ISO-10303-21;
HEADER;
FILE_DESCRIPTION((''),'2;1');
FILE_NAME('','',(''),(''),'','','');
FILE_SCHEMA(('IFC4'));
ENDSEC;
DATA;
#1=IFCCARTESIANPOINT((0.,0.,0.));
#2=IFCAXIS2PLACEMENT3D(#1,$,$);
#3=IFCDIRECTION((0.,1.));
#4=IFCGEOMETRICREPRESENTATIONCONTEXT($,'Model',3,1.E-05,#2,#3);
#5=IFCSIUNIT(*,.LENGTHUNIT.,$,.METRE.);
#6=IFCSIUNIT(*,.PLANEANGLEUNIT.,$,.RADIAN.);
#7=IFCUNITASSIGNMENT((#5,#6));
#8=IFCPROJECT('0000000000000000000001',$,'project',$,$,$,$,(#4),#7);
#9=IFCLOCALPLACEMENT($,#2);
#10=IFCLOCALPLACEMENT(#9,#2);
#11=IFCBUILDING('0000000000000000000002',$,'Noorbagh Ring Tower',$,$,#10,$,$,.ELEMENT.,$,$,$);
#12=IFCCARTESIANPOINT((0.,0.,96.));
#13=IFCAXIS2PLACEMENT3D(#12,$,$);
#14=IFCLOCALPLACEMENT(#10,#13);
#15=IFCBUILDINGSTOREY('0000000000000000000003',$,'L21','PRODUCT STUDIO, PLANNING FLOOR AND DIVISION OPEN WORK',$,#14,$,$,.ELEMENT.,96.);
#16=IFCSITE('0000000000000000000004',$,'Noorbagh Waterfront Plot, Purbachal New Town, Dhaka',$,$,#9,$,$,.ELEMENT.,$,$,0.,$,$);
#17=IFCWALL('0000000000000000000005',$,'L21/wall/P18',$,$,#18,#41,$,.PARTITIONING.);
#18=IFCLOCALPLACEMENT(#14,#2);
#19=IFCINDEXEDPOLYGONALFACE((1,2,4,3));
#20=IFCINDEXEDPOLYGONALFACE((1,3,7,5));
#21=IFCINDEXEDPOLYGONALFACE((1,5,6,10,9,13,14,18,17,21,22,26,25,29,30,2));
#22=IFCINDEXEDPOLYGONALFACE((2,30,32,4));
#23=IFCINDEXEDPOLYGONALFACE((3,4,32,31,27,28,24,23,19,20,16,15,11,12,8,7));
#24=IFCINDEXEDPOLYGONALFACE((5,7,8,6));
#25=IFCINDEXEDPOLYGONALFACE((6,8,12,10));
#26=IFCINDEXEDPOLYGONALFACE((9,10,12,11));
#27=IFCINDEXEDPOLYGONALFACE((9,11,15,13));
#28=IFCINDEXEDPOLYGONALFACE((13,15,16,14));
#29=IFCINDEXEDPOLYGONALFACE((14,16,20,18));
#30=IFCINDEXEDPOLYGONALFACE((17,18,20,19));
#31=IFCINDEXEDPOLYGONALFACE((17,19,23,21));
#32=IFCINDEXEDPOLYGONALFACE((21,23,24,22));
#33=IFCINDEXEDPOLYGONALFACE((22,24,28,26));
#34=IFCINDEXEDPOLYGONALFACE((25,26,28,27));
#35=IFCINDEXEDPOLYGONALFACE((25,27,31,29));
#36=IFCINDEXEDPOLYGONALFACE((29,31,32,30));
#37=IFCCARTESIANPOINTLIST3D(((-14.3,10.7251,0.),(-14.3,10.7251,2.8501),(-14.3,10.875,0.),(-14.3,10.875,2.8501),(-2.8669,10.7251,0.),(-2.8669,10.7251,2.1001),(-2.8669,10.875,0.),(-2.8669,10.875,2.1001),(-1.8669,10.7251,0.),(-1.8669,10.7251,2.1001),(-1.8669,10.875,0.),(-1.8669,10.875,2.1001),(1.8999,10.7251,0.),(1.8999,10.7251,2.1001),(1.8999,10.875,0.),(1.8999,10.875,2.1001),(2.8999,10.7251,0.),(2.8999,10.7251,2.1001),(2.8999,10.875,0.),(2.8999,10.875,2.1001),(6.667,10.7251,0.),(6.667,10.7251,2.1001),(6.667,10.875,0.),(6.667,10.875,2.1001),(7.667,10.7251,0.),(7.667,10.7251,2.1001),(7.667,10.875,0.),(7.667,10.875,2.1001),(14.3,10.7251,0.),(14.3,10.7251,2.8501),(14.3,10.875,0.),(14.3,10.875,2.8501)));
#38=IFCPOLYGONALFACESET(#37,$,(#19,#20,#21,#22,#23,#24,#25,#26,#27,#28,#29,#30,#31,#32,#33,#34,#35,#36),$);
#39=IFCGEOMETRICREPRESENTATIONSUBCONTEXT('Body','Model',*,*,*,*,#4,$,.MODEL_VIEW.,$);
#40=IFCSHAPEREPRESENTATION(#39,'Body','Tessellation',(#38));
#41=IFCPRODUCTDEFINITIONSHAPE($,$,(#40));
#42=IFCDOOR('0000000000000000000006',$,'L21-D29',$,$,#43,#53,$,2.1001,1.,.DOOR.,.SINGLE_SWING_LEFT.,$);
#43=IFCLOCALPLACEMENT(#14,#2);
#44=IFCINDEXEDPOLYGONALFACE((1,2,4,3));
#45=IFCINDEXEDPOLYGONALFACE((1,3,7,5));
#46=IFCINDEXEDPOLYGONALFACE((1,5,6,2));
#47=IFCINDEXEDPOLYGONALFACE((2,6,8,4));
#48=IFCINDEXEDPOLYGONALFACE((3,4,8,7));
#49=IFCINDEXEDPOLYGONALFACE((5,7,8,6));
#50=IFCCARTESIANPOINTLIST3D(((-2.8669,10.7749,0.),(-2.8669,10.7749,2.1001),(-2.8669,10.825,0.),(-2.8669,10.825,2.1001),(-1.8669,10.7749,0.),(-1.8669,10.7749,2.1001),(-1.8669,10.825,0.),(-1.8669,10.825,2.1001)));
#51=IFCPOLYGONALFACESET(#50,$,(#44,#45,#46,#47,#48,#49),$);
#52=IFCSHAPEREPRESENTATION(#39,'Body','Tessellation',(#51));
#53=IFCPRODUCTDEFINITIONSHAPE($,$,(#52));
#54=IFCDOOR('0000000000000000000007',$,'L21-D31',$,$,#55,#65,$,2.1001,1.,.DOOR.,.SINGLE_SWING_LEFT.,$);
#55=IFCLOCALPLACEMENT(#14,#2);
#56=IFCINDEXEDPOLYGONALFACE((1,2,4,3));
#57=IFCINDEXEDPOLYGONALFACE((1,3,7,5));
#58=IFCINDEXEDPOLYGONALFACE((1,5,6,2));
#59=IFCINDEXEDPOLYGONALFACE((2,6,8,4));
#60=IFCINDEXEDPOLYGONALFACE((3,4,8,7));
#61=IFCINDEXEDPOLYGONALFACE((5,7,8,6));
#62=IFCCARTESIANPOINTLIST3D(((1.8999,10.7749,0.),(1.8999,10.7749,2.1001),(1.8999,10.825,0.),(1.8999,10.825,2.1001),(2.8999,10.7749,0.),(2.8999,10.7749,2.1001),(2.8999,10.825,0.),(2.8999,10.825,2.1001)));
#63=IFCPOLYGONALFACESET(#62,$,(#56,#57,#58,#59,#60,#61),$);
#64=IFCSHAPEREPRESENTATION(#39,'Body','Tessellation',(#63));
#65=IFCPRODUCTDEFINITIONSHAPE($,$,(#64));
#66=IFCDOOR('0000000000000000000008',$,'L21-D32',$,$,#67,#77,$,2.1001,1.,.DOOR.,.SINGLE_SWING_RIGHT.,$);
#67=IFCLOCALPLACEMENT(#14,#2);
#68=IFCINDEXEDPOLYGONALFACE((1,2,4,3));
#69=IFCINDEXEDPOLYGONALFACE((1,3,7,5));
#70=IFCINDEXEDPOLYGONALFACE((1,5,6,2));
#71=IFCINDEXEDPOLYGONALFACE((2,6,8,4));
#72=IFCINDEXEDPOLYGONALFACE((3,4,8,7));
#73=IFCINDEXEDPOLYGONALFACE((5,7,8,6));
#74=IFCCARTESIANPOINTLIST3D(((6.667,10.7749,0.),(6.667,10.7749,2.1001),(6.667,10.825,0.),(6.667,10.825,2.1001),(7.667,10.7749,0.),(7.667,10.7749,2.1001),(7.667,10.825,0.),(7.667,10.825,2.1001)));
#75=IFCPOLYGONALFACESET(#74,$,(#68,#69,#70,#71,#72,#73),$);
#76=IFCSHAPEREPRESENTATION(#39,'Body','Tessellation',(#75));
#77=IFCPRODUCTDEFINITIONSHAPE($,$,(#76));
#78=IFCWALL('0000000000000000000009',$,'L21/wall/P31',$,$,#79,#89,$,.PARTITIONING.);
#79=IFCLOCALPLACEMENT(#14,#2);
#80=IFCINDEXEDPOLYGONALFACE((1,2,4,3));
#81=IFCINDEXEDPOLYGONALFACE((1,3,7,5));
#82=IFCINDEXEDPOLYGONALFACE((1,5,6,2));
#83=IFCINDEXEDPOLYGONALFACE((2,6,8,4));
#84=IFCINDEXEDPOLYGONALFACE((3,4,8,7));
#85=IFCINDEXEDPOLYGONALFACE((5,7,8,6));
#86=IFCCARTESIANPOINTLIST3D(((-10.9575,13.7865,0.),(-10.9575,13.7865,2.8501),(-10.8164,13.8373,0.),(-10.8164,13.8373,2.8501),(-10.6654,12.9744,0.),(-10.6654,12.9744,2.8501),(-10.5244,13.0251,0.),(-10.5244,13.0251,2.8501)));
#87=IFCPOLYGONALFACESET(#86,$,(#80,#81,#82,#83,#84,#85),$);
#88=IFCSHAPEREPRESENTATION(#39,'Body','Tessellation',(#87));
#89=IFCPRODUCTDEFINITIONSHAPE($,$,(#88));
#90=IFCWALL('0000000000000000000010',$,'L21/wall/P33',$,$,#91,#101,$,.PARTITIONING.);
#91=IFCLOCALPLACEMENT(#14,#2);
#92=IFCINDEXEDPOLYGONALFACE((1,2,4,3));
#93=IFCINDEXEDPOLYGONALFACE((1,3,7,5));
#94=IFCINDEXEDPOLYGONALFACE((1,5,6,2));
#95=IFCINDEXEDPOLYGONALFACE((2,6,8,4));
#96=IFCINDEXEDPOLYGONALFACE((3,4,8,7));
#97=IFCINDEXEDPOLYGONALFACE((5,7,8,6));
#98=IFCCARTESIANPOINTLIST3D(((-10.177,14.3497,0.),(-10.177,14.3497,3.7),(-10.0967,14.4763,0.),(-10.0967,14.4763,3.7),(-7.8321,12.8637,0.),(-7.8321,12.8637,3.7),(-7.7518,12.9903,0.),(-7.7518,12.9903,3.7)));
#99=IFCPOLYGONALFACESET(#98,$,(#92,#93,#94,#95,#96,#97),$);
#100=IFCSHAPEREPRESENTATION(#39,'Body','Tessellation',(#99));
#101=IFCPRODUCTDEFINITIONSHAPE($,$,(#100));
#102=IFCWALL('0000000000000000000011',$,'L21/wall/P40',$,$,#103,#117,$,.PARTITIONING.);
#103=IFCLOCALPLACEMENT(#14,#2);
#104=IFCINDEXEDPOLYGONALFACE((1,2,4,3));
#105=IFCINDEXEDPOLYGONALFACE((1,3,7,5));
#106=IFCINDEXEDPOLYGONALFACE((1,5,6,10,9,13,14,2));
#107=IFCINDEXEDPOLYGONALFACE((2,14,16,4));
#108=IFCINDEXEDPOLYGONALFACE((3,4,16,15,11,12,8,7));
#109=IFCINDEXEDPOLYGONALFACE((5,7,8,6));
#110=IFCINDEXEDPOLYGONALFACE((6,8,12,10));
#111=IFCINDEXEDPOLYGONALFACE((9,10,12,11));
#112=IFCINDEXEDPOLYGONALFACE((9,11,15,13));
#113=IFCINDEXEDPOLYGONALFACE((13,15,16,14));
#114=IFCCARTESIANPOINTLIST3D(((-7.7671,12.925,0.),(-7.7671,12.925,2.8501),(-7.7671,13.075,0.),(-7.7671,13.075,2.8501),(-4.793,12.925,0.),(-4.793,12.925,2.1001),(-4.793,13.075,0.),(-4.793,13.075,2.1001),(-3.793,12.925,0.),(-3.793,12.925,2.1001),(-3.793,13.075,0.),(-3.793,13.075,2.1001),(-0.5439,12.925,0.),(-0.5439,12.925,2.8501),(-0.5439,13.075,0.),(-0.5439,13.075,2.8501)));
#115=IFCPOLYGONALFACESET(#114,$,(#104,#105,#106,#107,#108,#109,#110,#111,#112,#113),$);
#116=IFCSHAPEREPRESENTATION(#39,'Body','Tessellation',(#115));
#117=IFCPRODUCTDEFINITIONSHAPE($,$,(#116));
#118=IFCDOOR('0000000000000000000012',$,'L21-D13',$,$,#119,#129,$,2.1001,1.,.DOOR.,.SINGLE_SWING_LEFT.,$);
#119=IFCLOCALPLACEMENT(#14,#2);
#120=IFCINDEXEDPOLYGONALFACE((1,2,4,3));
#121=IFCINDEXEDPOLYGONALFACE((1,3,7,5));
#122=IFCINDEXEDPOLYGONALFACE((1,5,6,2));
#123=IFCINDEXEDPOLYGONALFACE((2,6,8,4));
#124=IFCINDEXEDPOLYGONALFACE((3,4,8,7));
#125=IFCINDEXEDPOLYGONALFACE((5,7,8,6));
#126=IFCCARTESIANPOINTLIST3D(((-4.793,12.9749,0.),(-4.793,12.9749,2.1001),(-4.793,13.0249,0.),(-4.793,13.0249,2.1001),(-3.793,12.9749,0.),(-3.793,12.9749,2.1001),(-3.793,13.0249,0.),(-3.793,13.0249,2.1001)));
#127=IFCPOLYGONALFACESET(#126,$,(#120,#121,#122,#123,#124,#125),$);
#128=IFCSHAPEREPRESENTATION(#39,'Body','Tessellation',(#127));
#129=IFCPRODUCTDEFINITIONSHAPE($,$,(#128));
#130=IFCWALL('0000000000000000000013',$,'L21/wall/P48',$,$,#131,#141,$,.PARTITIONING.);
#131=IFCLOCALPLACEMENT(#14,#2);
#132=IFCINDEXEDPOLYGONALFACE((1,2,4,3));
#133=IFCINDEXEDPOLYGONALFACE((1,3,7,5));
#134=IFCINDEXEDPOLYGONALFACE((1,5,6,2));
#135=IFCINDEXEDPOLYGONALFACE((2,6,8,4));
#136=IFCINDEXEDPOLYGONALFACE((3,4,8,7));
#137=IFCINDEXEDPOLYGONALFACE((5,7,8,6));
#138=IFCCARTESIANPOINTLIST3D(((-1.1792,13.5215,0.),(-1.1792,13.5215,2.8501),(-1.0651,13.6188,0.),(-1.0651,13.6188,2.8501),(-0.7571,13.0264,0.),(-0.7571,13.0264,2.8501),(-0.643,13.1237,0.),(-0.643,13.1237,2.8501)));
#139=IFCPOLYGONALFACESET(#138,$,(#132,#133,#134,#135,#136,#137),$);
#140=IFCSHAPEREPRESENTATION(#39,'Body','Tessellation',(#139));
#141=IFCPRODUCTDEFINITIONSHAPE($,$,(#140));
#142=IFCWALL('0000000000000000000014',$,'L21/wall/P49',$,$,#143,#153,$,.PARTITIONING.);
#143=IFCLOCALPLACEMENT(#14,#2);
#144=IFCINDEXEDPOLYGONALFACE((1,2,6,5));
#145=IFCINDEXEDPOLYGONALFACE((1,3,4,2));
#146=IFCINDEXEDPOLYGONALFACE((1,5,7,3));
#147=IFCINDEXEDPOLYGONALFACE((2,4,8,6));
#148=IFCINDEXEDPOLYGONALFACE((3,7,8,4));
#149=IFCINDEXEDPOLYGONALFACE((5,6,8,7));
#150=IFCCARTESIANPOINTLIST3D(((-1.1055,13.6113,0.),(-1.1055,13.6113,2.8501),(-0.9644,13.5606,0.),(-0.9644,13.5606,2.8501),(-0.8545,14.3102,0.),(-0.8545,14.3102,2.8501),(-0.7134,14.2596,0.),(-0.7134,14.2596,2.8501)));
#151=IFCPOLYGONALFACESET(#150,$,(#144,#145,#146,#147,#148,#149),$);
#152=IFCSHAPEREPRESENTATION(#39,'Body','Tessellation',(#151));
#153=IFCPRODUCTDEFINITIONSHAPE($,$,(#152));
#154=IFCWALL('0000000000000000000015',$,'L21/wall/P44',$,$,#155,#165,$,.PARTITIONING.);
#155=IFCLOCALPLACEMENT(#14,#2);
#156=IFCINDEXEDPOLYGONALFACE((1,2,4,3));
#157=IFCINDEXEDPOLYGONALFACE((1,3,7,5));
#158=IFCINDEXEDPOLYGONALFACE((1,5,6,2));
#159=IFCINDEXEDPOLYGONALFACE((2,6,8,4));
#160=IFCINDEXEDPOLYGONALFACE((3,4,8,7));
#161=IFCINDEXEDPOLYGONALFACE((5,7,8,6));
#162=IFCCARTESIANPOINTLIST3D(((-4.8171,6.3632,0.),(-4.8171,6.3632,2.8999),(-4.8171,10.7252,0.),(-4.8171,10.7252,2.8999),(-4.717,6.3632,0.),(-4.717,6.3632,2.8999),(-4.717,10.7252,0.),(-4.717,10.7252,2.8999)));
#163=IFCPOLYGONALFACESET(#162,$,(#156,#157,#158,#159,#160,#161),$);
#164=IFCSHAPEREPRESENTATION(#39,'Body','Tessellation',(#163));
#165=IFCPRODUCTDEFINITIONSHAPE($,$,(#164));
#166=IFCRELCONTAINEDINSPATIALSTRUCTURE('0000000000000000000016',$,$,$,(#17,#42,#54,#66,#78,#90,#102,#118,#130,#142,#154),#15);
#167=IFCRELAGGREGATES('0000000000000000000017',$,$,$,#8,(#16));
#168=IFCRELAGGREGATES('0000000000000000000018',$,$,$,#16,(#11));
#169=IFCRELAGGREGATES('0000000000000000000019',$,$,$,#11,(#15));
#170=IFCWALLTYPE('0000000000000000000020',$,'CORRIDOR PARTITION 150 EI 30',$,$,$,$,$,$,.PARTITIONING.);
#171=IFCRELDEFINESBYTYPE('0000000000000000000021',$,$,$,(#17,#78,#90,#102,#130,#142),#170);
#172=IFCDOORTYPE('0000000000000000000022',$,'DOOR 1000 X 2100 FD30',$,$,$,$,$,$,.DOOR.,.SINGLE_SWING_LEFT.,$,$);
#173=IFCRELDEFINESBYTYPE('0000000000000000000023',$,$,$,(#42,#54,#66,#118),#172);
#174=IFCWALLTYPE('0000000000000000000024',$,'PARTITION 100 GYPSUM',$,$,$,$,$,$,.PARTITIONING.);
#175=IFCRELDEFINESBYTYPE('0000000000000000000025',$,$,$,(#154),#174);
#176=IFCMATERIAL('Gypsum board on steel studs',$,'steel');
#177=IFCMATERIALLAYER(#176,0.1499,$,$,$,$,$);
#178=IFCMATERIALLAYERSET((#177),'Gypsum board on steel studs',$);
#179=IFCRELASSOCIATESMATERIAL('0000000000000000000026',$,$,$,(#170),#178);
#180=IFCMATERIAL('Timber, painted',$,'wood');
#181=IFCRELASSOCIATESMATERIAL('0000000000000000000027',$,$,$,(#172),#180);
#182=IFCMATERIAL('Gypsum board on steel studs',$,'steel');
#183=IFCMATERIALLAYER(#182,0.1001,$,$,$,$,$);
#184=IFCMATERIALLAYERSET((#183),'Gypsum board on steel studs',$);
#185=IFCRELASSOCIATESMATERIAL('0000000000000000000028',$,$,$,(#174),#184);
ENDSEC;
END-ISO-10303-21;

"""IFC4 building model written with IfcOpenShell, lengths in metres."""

from ifc_helpers import new_model, si_unit, direction, frame, frame_2d, origin, place, context, subcontext, project, spatial, rectangle, extrude, material, layer, layer_set, type_object, element, fill, save


model = new_model("IFC4")

# Units and contexts
model_context = context("Model", 3, precision=1e-05, world=origin(), true_north=direction((0.0, 1.0)))
body_context = subcontext(model_context, "Body", "Model", "MODEL_VIEW")
ifc_project = project(units=[si_unit("LENGTHUNIT", "METRE"), si_unit("PLANEANGLEUNIT", "RADIAN")], contexts=[model_context])

# Site, building, storey
site_placement = place(None, origin())
site = spatial("IfcSite", under=ifc_project, at=site_placement, Name="Noorbagh Waterfront Plot, Purbachal New Town, Dhaka", CompositionType="ELEMENT", RefElevation=0.0)
building_placement = place(site_placement, origin())
building = spatial("IfcBuilding", under=site, at=building_placement, Name="Noorbagh Ring Tower", CompositionType="ELEMENT")
storey_placement = place(building_placement, frame((0.0, 0.0, 96.0)))
storey = spatial("IfcBuildingStorey", under=building, at=storey_placement, Name="L21", Description="PRODUCT STUDIO, PLANNING FLOOR AND DIVISION OPEN WORK", CompositionType="ELEMENT", Elevation=96.0)

# Shared definitions
ifc_material_1 = material(Name="Gypsum board on steel studs", Category="steel")
ifc_layer_1 = layer(ifc_material_1, 0.1499)
ifc_layer_set_1 = layer_set([ifc_layer_1], Name="Gypsum board on steel studs")
wall_type_1 = type_object("IfcWallType", Name="CORRIDOR PARTITION 150 EI 30", PredefinedType="PARTITIONING", material=ifc_layer_set_1)

# Shared definitions
ifc_material_2 = material(Name="Timber, painted", Category="wood")
door_type = type_object("IfcDoorType", Name="DOOR 1000 X 2100 FD30", OperationType="SINGLE_SWING_LEFT", PredefinedType="DOOR", material=ifc_material_2)

# Wall, openings, doors
wall_1_placement = place(storey_placement, frame((-14.3, 10.8, 0.0), z_axis=(0.0, 0.0, 1.0), x_axis=(1.0, 0.0, 0.0)))
wall_1 = element("IfcWall", 1, at=wall_1_placement, inside=storey, type_object=wall_type_1, Name="L21/wall/P18", PredefinedType="PARTITIONING", context=body_context, shape_type="SweptSolid", body=[
    extrude(rectangle(XDim=28.6001, YDim=0.1499, at=frame_2d((14.3, 0.0))), origin(), (0.0, 0.0, 1.0), 2.8501),
])
opening_1_placement = place(wall_1_placement, frame((11.4331, 0.0, 0.0)))
opening_1 = element("IfcOpeningElement", 2, at=opening_1_placement, cuts=wall_1, PredefinedType="OPENING", context=body_context, shape_type="SweptSolid", body=[
    extrude(rectangle(XDim=1.0, YDim=2.1001, at=frame_2d((0.5, 1.05))), frame((0.0, 0.085, 0.0), z_axis=(0.0, -1.0, 0.0), x_axis=(1.0, 0.0, 0.0)), (0.0, 0.0, 1.0), 0.1699),
])
opening_2_placement = place(wall_1_placement, frame((16.2, 0.0, 0.0)))
opening_2 = element("IfcOpeningElement", 3, at=opening_2_placement, cuts=wall_1, PredefinedType="OPENING", context=body_context, shape_type="SweptSolid", body=[
    extrude(rectangle(XDim=1.0, YDim=2.1001, at=frame_2d((0.5, 1.05))), frame((0.0, 0.085, 0.0), z_axis=(0.0, -1.0, 0.0), x_axis=(1.0, 0.0, 0.0)), (0.0, 0.0, 1.0), 0.1699),
])
opening_3_placement = place(wall_1_placement, frame((20.967, 0.0, 0.0)))
opening_3 = element("IfcOpeningElement", 4, at=opening_3_placement, cuts=wall_1, PredefinedType="OPENING", context=body_context, shape_type="SweptSolid", body=[
    extrude(rectangle(XDim=1.0, YDim=2.1001, at=frame_2d((0.5, 1.05))), frame((0.0, 0.085, 0.0), z_axis=(0.0, -1.0, 0.0), x_axis=(1.0, 0.0, 0.0)), (0.0, 0.0, 1.0), 0.1699),
])
door_1_placement = place(opening_1_placement, origin())
door_1 = element("IfcDoor", 5, at=door_1_placement, inside=storey, type_object=door_type, Name="L21-D29", OperationType="SINGLE_SWING_LEFT", OverallHeight=2.1001, OverallWidth=1.0, PredefinedType="DOOR", context=body_context, shape_type="SweptSolid", body=[
    extrude(rectangle(XDim=1.0, YDim=2.1001, at=frame_2d((0.5, 1.05))), frame((0.0, 0.0249, 0.0), z_axis=(0.0, -1.0, 0.0), x_axis=(1.0, 0.0, 0.0)), (0.0, 0.0, 1.0), 0.05),
])
fill(opening_1, door_1)
door_2_placement = place(opening_2_placement, origin())
door_2 = element("IfcDoor", 6, at=door_2_placement, inside=storey, type_object=door_type, Name="L21-D31", OperationType="SINGLE_SWING_LEFT", OverallHeight=2.1001, OverallWidth=1.0, PredefinedType="DOOR", context=body_context, shape_type="SweptSolid", body=[
    extrude(rectangle(XDim=1.0, YDim=2.1001, at=frame_2d((0.5, 1.05))), frame((0.0, 0.0249, 0.0), z_axis=(0.0, -1.0, 0.0), x_axis=(1.0, 0.0, 0.0)), (0.0, 0.0, 1.0), 0.05),
])
fill(opening_2, door_2)
door_3_placement = place(opening_3_placement, origin())
door_3 = element("IfcDoor", 7, at=door_3_placement, inside=storey, type_object=door_type, Name="L21-D32", OperationType="SINGLE_SWING_RIGHT", OverallHeight=2.1001, OverallWidth=1.0, PredefinedType="DOOR", context=body_context, shape_type="SweptSolid", body=[
    extrude(rectangle(XDim=1.0, YDim=2.1001, at=frame_2d((0.5, 1.05))), frame((0.0, 0.0249, 0.0), z_axis=(0.0, -1.0, 0.0), x_axis=(1.0, 0.0, 0.0)), (0.0, 0.0, 1.0), 0.05),
])
fill(opening_3, door_3)

# Walls
wall_2_placement = place(storey_placement, frame((-10.887, 13.812, 0.0), z_axis=(0.0, 0.0, 1.0), x_axis=(0.338379, -0.94101, 0.0)))
element("IfcWall", 8, at=wall_2_placement, inside=storey, type_object=wall_type_1, Name="L21/wall/P31", PredefinedType="PARTITIONING", context=body_context, shape_type="SweptSolid", body=[
    extrude(rectangle(XDim=0.863, YDim=0.1499, at=frame_2d((0.4316, 0.0))), origin(), (0.0, 0.0, 1.0), 2.8501),
])
wall_3_placement = place(storey_placement, frame((-10.137, 14.4131, 0.0), z_axis=(0.0, 0.0, 1.0), x_axis=(0.844667, -0.535293, 0.0)))
element("IfcWall", 9, at=wall_3_placement, inside=storey, type_object=wall_type_1, Name="L21/wall/P33", PredefinedType="PARTITIONING", context=body_context, shape_type="SweptSolid", body=[
    extrude(rectangle(XDim=2.7761, YDim=0.1499, at=frame_2d((1.3882, 0.0))), origin(), (0.0, 0.0, 1.0), 3.7),
])

# Wall, opening, door
wall_4_placement = place(storey_placement, frame((-7.7671, 13.0, 0.0), z_axis=(0.0, 0.0, 1.0), x_axis=(1.0, 0.0, 0.0)))
wall_4 = element("IfcWall", 10, at=wall_4_placement, inside=storey, type_object=wall_type_1, Name="L21/wall/P40", PredefinedType="PARTITIONING", context=body_context, shape_type="SweptSolid", body=[
    extrude(rectangle(XDim=7.2231, YDim=0.1499, at=frame_2d((3.6116, 0.0))), origin(), (0.0, 0.0, 1.0), 2.8501),
])
opening_4_placement = place(wall_4_placement, frame((2.9741, 0.0, 0.0)))
opening_4 = element("IfcOpeningElement", 11, at=opening_4_placement, cuts=wall_4, PredefinedType="OPENING", context=body_context, shape_type="SweptSolid", body=[
    extrude(rectangle(XDim=1.0, YDim=2.1001, at=frame_2d((0.5, 1.05))), frame((0.0, 0.085, 0.0), z_axis=(0.0, -1.0, 0.0), x_axis=(1.0, 0.0, 0.0)), (0.0, 0.0, 1.0), 0.1699),
])
door_4_placement = place(opening_4_placement, origin())
door_4 = element("IfcDoor", 12, at=door_4_placement, inside=storey, type_object=door_type, Name="L21-D13", OperationType="SINGLE_SWING_LEFT", OverallHeight=2.1001, OverallWidth=1.0, PredefinedType="DOOR", context=body_context, shape_type="SweptSolid", body=[
    extrude(rectangle(XDim=1.0, YDim=2.1001, at=frame_2d((0.5, 1.05))), frame((0.0, 0.0249, 0.0), z_axis=(0.0, -1.0, 0.0), x_axis=(1.0, 0.0, 0.0)), (0.0, 0.0, 1.0), 0.05),
])
fill(opening_4, door_4)

# Walls
wall_5_placement = place(storey_placement, frame((-1.1221, 13.5701, 0.0), z_axis=(0.0, 0.0, 1.0), x_axis=(0.64878, -0.760976, 0.0)))
element("IfcWall", 13, at=wall_5_placement, inside=storey, type_object=wall_type_1, Name="L21/wall/P48", PredefinedType="PARTITIONING", context=body_context, shape_type="SweptSolid", body=[
    extrude(rectangle(XDim=0.6506, YDim=0.1499, at=frame_2d((0.3252, 0.0))), origin(), (0.0, 0.0, 1.0), 2.8501),
])
wall_6_placement = place(storey_placement, frame((-1.0349, 13.5859, 0.0), z_axis=(0.0, 0.0, 1.0), x_axis=(0.337939, 0.941168, 0.0)))
element("IfcWall", 14, at=wall_6_placement, inside=storey, type_object=wall_type_1, Name="L21/wall/P49", PredefinedType="PARTITIONING", context=body_context, shape_type="SweptSolid", body=[
    extrude(rectangle(XDim=0.7427, YDim=0.1499, at=frame_2d((0.3713, 0.0))), origin(), (0.0, 0.0, 1.0), 2.8501),
])
ifc_material_3 = material(Name="Gypsum board on steel studs", Category="steel")
ifc_layer_2 = layer(ifc_material_3, 0.1001)
ifc_layer_set_2 = layer_set([ifc_layer_2], Name="Gypsum board on steel studs")
wall_type_2 = type_object("IfcWallType", Name="PARTITION 100 GYPSUM", PredefinedType="PARTITIONING", material=ifc_layer_set_2)
wall_7_placement = place(storey_placement, frame((-4.7671, 6.363, 0.0), z_axis=(0.0, 0.0, 1.0), x_axis=(0.0, 1.0, 0.0)))
element("IfcWall", 15, at=wall_7_placement, inside=storey, type_object=wall_type_2, Name="L21/wall/P44", PredefinedType="PARTITIONING", context=body_context, shape_type="SweptSolid", body=[
    extrude(rectangle(XDim=4.3621, YDim=0.1001, at=frame_2d((2.1812, 0.0))), origin(), (0.0, 0.0, 1.0), 2.8999),
])

save(model, "model.ifc")
